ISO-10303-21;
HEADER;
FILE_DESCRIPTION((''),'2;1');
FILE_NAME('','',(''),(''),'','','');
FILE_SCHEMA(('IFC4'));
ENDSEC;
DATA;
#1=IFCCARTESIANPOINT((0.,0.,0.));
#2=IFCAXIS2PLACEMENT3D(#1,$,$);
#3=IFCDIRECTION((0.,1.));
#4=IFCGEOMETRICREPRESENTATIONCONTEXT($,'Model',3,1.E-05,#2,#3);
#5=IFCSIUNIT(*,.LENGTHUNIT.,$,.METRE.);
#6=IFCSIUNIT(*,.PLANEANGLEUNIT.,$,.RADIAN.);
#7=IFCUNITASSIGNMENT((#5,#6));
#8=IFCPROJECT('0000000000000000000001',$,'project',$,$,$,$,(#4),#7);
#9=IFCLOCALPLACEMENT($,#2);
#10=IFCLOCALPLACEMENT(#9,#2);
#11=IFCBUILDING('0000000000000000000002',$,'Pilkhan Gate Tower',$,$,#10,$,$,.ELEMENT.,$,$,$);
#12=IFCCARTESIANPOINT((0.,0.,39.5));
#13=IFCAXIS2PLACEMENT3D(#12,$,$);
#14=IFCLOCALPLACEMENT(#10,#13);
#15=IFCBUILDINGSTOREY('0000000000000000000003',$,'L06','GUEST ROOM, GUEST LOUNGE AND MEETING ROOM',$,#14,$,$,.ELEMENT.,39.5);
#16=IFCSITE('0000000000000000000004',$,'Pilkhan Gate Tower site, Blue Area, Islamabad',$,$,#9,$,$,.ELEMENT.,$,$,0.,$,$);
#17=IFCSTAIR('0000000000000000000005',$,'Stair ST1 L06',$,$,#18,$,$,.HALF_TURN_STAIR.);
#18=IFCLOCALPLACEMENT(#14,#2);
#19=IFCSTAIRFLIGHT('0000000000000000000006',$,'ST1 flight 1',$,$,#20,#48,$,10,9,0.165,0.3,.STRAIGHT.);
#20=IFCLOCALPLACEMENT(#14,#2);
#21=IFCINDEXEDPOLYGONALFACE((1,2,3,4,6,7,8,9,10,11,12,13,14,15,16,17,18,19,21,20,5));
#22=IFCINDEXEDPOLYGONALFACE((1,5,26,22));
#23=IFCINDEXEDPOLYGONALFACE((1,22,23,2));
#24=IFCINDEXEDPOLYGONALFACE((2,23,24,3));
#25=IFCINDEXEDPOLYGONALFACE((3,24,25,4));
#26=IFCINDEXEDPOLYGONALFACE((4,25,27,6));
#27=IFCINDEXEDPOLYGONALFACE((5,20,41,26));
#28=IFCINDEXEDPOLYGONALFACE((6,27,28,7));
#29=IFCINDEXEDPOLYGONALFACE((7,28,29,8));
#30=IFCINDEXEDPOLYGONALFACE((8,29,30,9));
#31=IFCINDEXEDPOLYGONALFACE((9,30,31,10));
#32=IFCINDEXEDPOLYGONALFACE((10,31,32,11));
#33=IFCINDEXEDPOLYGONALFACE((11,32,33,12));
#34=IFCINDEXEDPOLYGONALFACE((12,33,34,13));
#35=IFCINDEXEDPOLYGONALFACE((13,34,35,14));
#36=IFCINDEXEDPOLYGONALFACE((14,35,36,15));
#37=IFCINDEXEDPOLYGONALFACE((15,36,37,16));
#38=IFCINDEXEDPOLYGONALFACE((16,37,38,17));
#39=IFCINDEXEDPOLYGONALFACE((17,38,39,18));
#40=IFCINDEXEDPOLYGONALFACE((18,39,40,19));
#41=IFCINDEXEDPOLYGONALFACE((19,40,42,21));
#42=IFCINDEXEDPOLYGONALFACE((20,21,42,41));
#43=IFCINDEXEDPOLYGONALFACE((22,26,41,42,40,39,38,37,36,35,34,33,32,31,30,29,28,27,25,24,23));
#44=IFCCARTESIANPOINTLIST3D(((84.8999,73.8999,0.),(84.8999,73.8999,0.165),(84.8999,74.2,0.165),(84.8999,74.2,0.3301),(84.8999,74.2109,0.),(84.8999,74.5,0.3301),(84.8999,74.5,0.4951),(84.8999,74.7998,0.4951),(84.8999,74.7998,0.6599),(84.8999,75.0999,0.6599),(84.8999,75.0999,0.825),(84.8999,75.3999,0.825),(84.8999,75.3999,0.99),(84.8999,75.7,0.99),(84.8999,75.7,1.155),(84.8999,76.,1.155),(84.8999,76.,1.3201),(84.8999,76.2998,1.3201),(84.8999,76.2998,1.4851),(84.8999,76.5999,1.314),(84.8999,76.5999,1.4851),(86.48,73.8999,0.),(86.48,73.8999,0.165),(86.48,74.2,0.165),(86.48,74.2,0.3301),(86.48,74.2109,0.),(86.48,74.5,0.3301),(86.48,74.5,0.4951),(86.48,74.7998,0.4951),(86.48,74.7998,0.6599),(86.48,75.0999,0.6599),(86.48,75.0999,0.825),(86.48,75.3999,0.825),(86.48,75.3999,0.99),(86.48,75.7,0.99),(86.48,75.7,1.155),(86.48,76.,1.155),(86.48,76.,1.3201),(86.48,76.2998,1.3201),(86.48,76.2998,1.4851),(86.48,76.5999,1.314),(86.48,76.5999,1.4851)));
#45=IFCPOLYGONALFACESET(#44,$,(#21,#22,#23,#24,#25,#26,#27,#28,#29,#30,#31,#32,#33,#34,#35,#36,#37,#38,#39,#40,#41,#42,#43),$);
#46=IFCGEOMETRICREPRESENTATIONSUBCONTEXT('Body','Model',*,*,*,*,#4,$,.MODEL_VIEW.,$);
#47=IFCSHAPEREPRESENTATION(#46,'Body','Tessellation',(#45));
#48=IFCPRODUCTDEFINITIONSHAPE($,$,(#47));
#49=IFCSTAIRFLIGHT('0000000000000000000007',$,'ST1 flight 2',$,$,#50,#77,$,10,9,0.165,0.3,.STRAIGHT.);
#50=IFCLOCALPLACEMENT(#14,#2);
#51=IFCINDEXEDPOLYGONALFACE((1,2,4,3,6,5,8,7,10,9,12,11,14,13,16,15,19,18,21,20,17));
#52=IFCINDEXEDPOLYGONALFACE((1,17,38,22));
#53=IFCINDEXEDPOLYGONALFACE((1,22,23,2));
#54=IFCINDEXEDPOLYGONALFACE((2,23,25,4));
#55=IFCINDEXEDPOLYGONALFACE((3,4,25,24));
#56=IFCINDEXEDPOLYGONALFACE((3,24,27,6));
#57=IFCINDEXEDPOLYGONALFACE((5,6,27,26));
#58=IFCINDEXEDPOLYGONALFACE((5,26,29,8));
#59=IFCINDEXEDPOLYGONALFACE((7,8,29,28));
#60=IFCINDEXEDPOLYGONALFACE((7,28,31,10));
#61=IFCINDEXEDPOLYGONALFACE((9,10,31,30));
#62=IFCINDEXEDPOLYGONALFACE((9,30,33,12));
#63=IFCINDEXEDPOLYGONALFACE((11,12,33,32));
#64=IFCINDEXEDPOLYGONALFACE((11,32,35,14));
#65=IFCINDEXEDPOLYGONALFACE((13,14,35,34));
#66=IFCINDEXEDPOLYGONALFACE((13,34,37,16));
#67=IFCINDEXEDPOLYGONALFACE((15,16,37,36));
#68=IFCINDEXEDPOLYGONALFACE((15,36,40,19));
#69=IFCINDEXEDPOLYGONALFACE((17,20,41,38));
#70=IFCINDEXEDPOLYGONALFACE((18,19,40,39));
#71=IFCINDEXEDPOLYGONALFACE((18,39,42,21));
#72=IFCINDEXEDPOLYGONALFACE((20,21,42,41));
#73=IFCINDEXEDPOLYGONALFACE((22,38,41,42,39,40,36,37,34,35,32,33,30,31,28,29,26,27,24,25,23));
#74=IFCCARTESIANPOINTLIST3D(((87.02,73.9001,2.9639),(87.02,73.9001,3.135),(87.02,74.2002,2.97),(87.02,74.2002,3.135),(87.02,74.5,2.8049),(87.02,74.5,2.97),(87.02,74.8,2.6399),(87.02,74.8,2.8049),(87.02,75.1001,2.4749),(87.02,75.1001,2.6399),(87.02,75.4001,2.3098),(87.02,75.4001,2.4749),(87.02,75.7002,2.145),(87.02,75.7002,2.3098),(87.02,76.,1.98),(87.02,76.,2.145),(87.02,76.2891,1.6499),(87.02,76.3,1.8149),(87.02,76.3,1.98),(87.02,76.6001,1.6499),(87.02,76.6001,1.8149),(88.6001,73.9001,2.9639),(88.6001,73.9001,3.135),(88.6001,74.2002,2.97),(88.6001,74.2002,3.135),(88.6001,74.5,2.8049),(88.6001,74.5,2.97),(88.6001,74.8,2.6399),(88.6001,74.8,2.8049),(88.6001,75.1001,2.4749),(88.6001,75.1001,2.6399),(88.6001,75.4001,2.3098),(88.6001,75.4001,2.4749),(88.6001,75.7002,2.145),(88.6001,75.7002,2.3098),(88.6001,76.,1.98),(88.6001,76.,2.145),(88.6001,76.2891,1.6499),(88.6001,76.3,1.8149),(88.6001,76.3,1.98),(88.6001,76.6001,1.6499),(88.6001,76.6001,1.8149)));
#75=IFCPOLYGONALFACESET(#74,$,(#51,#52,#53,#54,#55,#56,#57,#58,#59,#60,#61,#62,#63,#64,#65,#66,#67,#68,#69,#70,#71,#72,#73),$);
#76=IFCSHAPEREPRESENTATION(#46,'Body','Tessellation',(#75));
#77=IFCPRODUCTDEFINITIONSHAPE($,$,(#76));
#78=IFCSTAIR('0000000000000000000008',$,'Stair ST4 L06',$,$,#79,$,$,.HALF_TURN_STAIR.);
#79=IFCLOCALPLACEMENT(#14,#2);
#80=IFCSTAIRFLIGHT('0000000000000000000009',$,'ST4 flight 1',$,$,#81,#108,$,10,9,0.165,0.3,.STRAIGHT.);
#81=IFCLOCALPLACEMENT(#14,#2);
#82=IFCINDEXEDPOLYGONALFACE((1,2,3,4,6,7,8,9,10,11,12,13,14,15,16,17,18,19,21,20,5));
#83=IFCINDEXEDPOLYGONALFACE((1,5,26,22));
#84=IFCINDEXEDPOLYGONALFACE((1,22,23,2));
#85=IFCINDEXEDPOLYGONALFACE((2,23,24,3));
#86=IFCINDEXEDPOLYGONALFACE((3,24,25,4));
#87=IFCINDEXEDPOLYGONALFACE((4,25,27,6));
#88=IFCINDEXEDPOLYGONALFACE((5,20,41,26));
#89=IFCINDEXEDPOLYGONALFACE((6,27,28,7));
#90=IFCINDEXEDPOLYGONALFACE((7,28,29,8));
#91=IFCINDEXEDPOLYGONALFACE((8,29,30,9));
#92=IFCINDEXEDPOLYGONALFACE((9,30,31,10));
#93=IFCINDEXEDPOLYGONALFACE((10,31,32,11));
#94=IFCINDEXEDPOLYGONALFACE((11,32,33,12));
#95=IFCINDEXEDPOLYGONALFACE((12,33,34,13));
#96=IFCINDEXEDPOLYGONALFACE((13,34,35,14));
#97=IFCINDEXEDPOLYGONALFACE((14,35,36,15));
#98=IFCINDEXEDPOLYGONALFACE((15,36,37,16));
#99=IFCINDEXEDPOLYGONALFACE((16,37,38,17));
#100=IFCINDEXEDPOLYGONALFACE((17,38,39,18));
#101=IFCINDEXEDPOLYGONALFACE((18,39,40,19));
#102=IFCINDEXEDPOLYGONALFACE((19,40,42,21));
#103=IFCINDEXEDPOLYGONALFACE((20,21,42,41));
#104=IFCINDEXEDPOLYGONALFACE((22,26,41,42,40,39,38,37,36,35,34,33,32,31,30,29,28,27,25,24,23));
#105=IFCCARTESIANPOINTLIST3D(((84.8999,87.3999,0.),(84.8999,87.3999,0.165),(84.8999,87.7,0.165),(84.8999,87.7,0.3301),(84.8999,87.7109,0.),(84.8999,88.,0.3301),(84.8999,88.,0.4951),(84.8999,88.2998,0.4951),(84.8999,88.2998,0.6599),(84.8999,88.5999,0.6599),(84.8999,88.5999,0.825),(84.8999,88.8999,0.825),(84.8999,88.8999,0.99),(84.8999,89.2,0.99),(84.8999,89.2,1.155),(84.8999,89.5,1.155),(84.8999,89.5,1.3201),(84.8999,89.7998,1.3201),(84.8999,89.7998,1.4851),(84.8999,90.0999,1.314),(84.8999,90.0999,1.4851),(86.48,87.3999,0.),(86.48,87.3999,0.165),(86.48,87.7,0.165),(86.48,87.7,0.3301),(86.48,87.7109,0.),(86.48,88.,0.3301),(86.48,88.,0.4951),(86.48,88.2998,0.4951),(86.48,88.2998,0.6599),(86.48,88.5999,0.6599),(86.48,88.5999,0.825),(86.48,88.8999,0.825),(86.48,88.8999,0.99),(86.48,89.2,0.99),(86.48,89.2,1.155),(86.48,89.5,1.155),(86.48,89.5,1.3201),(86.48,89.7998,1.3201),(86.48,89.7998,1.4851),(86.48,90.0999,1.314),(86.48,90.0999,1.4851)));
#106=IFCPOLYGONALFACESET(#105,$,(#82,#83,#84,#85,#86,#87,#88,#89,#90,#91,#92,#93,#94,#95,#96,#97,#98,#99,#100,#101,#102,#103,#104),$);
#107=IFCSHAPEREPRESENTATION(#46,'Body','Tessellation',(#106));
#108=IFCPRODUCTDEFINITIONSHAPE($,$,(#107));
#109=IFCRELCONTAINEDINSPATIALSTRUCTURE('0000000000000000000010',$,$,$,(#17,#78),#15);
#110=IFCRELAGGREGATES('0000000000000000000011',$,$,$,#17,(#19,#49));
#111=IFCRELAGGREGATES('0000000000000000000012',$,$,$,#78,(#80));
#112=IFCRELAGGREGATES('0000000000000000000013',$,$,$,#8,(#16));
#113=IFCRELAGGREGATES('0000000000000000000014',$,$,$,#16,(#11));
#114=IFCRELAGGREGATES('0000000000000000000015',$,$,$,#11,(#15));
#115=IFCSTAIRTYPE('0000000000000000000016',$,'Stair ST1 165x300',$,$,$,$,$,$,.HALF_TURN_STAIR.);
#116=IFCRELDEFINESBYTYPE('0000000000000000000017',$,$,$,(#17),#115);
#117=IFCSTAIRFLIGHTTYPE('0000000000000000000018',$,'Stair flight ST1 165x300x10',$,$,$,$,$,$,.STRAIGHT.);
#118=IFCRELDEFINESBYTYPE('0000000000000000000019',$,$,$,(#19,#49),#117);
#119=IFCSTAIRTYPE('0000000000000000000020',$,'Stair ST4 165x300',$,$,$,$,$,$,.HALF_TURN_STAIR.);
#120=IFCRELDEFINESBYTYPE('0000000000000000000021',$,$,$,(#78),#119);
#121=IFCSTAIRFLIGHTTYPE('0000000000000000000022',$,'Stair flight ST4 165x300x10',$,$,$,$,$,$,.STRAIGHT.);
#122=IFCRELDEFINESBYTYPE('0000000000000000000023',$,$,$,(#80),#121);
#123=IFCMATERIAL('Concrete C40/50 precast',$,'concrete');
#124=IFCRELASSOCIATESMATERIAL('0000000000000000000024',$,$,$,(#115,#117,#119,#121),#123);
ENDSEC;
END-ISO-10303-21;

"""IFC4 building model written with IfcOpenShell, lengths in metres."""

from ifc_helpers import new_model, si_unit, direction, frame, origin, place, context, subcontext, project, spatial, polyline, outline, extrude, material, type_object, element, aggregate, save


model = new_model("IFC4")

# Units and contexts
model_context = context("Model", 3, precision=1e-05, world=origin(), true_north=direction((0.0, 1.0)))
body_context = subcontext(model_context, "Body", "Model", "MODEL_VIEW")
ifc_project = project(units=[si_unit("LENGTHUNIT", "METRE"), si_unit("PLANEANGLEUNIT", "RADIAN")], contexts=[model_context])

# Site, building, storey
site_placement = place(None, origin())
site = spatial("IfcSite", under=ifc_project, at=site_placement, Name="Pilkhan Gate Tower site, Blue Area, Islamabad", CompositionType="ELEMENT", RefElevation=0.0)
building_placement = place(site_placement, origin())
building = spatial("IfcBuilding", under=site, at=building_placement, Name="Pilkhan Gate Tower", CompositionType="ELEMENT")
storey_placement = place(building_placement, frame((0.0, 0.0, 39.5)))
storey = spatial("IfcBuildingStorey", under=building, at=storey_placement, Name="L06", Description="GUEST ROOM, GUEST LOUNGE AND MEETING ROOM", CompositionType="ELEMENT", Elevation=39.5)

# Stair, stair flights
ifc_material_1 = material(Name="Concrete C40/50 precast", Category="concrete")
stair_type_1 = type_object("IfcStairType", Name="Stair ST1 165x300", PredefinedType="HALF_TURN_STAIR", material=ifc_material_1)
stair_1_placement = place(storey_placement, origin())
stair_1 = element("IfcStair", 1, at=stair_1_placement, inside=storey, type_object=stair_type_1, Name="Stair ST1 L06", PredefinedType="HALF_TURN_STAIR")
stair_flight_type_1 = type_object("IfcStairFlightType", Name="Stair flight ST1 165x300x10", PredefinedType="STRAIGHT", material=ifc_material_1)
stair_flight_1_placement = place(storey_placement, frame((85.6899, 73.8999, 0.0), z_axis=(0.0, 0.0, 1.0), x_axis=(0.0, 1.0, 0.0)))
stair_flight_1 = element("IfcStairFlight", 2, at=stair_flight_1_placement, type_object=stair_flight_type_1, Name="ST1 flight 1", NumberOfRisers=10, NumberOfTreads=9, PredefinedType="STRAIGHT", RiserHeight=0.165, TreadLength=0.3, context=body_context, shape_type="SweptSolid", body=[
    extrude(outline(polyline([(0.0, 0.0), (0.0, 0.165), (0.3, 0.165), (0.3, 0.3301), (0.6001, 0.3301), (0.6001, 0.4951), (0.8999, 0.4951), (0.8999, 0.6599), (1.2, 0.6599), (1.2, 0.825), (1.5, 0.825), (1.5, 0.99), (1.8, 0.99), (1.8, 1.155), (2.1001, 1.155), (2.1001, 1.3201), (2.3999, 1.3201), (2.3999, 1.4851), (2.7, 1.4851), (2.7, 1.6499), (2.7, 1.314), (0.311, 0.0), (0.0, 0.0)])), frame((0.0, 0.79, 0.0), z_axis=(0.0, -1.0, 0.0), x_axis=(1.0, 0.0, 0.0)), (0.0, 0.0, 1.0), 1.5801),
])
stair_flight_2_placement = place(storey_placement, frame((87.8101, 76.6001, 1.6499), z_axis=(0.0, 0.0, 1.0), x_axis=(0.0, -1.0, 0.0)))
stair_flight_2 = element("IfcStairFlight", 3, at=stair_flight_2_placement, type_object=stair_flight_type_1, Name="ST1 flight 2", NumberOfRisers=10, NumberOfTreads=9, PredefinedType="STRAIGHT", RiserHeight=0.165, TreadLength=0.3, context=body_context, shape_type="SweptSolid", body=[
    extrude(outline(polyline([(0.0, 0.0), (0.0, 0.165), (0.3, 0.165), (0.3, 0.3301), (0.6001, 0.3301), (0.6001, 0.4951), (0.8999, 0.4951), (0.8999, 0.6599), (1.2, 0.6599), (1.2, 0.825), (1.5, 0.825), (1.5, 0.99), (1.8, 0.99), (1.8, 1.155), (2.1001, 1.155), (2.1001, 1.3201), (2.3999, 1.3201), (2.3999, 1.4851), (2.7, 1.4851), (2.7, 1.6499), (2.7, 1.314), (0.311, 0.0), (0.0, 0.0)])), frame((0.0, 0.79, 0.0), z_axis=(0.0, -1.0, 0.0), x_axis=(1.0, 0.0, 0.0)), (0.0, 0.0, 1.0), 1.5801),
])
aggregate(stair_1, [stair_flight_1, stair_flight_2])

# Stair, stair flight
stair_type_2 = type_object("IfcStairType", Name="Stair ST4 165x300", PredefinedType="HALF_TURN_STAIR", material=ifc_material_1)
stair_2_placement = place(storey_placement, origin())
stair_2 = element("IfcStair", 4, at=stair_2_placement, inside=storey, type_object=stair_type_2, Name="Stair ST4 L06", PredefinedType="HALF_TURN_STAIR")
stair_flight_type_2 = type_object("IfcStairFlightType", Name="Stair flight ST4 165x300x10", PredefinedType="STRAIGHT", material=ifc_material_1)
stair_flight_3_placement = place(storey_placement, frame((85.6899, 87.3999, 0.0), z_axis=(0.0, 0.0, 1.0), x_axis=(0.0, 1.0, 0.0)))
stair_flight_3 = element("IfcStairFlight", 5, at=stair_flight_3_placement, type_object=stair_flight_type_2, Name="ST4 flight 1", NumberOfRisers=10, NumberOfTreads=9, PredefinedType="STRAIGHT", RiserHeight=0.165, TreadLength=0.3, context=body_context, shape_type="SweptSolid", body=[
    extrude(outline(polyline([(0.0, 0.0), (0.0, 0.165), (0.3, 0.165), (0.3, 0.3301), (0.6001, 0.3301), (0.6001, 0.4951), (0.8999, 0.4951), (0.8999, 0.6599), (1.2, 0.6599), (1.2, 0.825), (1.5, 0.825), (1.5, 0.99), (1.8, 0.99), (1.8, 1.155), (2.1001, 1.155), (2.1001, 1.3201), (2.3999, 1.3201), (2.3999, 1.4851), (2.7, 1.4851), (2.7, 1.6499), (2.7, 1.314), (0.311, 0.0), (0.0, 0.0)])), frame((0.0, 0.79, 0.0), z_axis=(0.0, -1.0, 0.0), x_axis=(1.0, 0.0, 0.0)), (0.0, 0.0, 1.0), 1.5801),
])
aggregate(stair_2, [stair_flight_3])

save(model, "model.ifc")
